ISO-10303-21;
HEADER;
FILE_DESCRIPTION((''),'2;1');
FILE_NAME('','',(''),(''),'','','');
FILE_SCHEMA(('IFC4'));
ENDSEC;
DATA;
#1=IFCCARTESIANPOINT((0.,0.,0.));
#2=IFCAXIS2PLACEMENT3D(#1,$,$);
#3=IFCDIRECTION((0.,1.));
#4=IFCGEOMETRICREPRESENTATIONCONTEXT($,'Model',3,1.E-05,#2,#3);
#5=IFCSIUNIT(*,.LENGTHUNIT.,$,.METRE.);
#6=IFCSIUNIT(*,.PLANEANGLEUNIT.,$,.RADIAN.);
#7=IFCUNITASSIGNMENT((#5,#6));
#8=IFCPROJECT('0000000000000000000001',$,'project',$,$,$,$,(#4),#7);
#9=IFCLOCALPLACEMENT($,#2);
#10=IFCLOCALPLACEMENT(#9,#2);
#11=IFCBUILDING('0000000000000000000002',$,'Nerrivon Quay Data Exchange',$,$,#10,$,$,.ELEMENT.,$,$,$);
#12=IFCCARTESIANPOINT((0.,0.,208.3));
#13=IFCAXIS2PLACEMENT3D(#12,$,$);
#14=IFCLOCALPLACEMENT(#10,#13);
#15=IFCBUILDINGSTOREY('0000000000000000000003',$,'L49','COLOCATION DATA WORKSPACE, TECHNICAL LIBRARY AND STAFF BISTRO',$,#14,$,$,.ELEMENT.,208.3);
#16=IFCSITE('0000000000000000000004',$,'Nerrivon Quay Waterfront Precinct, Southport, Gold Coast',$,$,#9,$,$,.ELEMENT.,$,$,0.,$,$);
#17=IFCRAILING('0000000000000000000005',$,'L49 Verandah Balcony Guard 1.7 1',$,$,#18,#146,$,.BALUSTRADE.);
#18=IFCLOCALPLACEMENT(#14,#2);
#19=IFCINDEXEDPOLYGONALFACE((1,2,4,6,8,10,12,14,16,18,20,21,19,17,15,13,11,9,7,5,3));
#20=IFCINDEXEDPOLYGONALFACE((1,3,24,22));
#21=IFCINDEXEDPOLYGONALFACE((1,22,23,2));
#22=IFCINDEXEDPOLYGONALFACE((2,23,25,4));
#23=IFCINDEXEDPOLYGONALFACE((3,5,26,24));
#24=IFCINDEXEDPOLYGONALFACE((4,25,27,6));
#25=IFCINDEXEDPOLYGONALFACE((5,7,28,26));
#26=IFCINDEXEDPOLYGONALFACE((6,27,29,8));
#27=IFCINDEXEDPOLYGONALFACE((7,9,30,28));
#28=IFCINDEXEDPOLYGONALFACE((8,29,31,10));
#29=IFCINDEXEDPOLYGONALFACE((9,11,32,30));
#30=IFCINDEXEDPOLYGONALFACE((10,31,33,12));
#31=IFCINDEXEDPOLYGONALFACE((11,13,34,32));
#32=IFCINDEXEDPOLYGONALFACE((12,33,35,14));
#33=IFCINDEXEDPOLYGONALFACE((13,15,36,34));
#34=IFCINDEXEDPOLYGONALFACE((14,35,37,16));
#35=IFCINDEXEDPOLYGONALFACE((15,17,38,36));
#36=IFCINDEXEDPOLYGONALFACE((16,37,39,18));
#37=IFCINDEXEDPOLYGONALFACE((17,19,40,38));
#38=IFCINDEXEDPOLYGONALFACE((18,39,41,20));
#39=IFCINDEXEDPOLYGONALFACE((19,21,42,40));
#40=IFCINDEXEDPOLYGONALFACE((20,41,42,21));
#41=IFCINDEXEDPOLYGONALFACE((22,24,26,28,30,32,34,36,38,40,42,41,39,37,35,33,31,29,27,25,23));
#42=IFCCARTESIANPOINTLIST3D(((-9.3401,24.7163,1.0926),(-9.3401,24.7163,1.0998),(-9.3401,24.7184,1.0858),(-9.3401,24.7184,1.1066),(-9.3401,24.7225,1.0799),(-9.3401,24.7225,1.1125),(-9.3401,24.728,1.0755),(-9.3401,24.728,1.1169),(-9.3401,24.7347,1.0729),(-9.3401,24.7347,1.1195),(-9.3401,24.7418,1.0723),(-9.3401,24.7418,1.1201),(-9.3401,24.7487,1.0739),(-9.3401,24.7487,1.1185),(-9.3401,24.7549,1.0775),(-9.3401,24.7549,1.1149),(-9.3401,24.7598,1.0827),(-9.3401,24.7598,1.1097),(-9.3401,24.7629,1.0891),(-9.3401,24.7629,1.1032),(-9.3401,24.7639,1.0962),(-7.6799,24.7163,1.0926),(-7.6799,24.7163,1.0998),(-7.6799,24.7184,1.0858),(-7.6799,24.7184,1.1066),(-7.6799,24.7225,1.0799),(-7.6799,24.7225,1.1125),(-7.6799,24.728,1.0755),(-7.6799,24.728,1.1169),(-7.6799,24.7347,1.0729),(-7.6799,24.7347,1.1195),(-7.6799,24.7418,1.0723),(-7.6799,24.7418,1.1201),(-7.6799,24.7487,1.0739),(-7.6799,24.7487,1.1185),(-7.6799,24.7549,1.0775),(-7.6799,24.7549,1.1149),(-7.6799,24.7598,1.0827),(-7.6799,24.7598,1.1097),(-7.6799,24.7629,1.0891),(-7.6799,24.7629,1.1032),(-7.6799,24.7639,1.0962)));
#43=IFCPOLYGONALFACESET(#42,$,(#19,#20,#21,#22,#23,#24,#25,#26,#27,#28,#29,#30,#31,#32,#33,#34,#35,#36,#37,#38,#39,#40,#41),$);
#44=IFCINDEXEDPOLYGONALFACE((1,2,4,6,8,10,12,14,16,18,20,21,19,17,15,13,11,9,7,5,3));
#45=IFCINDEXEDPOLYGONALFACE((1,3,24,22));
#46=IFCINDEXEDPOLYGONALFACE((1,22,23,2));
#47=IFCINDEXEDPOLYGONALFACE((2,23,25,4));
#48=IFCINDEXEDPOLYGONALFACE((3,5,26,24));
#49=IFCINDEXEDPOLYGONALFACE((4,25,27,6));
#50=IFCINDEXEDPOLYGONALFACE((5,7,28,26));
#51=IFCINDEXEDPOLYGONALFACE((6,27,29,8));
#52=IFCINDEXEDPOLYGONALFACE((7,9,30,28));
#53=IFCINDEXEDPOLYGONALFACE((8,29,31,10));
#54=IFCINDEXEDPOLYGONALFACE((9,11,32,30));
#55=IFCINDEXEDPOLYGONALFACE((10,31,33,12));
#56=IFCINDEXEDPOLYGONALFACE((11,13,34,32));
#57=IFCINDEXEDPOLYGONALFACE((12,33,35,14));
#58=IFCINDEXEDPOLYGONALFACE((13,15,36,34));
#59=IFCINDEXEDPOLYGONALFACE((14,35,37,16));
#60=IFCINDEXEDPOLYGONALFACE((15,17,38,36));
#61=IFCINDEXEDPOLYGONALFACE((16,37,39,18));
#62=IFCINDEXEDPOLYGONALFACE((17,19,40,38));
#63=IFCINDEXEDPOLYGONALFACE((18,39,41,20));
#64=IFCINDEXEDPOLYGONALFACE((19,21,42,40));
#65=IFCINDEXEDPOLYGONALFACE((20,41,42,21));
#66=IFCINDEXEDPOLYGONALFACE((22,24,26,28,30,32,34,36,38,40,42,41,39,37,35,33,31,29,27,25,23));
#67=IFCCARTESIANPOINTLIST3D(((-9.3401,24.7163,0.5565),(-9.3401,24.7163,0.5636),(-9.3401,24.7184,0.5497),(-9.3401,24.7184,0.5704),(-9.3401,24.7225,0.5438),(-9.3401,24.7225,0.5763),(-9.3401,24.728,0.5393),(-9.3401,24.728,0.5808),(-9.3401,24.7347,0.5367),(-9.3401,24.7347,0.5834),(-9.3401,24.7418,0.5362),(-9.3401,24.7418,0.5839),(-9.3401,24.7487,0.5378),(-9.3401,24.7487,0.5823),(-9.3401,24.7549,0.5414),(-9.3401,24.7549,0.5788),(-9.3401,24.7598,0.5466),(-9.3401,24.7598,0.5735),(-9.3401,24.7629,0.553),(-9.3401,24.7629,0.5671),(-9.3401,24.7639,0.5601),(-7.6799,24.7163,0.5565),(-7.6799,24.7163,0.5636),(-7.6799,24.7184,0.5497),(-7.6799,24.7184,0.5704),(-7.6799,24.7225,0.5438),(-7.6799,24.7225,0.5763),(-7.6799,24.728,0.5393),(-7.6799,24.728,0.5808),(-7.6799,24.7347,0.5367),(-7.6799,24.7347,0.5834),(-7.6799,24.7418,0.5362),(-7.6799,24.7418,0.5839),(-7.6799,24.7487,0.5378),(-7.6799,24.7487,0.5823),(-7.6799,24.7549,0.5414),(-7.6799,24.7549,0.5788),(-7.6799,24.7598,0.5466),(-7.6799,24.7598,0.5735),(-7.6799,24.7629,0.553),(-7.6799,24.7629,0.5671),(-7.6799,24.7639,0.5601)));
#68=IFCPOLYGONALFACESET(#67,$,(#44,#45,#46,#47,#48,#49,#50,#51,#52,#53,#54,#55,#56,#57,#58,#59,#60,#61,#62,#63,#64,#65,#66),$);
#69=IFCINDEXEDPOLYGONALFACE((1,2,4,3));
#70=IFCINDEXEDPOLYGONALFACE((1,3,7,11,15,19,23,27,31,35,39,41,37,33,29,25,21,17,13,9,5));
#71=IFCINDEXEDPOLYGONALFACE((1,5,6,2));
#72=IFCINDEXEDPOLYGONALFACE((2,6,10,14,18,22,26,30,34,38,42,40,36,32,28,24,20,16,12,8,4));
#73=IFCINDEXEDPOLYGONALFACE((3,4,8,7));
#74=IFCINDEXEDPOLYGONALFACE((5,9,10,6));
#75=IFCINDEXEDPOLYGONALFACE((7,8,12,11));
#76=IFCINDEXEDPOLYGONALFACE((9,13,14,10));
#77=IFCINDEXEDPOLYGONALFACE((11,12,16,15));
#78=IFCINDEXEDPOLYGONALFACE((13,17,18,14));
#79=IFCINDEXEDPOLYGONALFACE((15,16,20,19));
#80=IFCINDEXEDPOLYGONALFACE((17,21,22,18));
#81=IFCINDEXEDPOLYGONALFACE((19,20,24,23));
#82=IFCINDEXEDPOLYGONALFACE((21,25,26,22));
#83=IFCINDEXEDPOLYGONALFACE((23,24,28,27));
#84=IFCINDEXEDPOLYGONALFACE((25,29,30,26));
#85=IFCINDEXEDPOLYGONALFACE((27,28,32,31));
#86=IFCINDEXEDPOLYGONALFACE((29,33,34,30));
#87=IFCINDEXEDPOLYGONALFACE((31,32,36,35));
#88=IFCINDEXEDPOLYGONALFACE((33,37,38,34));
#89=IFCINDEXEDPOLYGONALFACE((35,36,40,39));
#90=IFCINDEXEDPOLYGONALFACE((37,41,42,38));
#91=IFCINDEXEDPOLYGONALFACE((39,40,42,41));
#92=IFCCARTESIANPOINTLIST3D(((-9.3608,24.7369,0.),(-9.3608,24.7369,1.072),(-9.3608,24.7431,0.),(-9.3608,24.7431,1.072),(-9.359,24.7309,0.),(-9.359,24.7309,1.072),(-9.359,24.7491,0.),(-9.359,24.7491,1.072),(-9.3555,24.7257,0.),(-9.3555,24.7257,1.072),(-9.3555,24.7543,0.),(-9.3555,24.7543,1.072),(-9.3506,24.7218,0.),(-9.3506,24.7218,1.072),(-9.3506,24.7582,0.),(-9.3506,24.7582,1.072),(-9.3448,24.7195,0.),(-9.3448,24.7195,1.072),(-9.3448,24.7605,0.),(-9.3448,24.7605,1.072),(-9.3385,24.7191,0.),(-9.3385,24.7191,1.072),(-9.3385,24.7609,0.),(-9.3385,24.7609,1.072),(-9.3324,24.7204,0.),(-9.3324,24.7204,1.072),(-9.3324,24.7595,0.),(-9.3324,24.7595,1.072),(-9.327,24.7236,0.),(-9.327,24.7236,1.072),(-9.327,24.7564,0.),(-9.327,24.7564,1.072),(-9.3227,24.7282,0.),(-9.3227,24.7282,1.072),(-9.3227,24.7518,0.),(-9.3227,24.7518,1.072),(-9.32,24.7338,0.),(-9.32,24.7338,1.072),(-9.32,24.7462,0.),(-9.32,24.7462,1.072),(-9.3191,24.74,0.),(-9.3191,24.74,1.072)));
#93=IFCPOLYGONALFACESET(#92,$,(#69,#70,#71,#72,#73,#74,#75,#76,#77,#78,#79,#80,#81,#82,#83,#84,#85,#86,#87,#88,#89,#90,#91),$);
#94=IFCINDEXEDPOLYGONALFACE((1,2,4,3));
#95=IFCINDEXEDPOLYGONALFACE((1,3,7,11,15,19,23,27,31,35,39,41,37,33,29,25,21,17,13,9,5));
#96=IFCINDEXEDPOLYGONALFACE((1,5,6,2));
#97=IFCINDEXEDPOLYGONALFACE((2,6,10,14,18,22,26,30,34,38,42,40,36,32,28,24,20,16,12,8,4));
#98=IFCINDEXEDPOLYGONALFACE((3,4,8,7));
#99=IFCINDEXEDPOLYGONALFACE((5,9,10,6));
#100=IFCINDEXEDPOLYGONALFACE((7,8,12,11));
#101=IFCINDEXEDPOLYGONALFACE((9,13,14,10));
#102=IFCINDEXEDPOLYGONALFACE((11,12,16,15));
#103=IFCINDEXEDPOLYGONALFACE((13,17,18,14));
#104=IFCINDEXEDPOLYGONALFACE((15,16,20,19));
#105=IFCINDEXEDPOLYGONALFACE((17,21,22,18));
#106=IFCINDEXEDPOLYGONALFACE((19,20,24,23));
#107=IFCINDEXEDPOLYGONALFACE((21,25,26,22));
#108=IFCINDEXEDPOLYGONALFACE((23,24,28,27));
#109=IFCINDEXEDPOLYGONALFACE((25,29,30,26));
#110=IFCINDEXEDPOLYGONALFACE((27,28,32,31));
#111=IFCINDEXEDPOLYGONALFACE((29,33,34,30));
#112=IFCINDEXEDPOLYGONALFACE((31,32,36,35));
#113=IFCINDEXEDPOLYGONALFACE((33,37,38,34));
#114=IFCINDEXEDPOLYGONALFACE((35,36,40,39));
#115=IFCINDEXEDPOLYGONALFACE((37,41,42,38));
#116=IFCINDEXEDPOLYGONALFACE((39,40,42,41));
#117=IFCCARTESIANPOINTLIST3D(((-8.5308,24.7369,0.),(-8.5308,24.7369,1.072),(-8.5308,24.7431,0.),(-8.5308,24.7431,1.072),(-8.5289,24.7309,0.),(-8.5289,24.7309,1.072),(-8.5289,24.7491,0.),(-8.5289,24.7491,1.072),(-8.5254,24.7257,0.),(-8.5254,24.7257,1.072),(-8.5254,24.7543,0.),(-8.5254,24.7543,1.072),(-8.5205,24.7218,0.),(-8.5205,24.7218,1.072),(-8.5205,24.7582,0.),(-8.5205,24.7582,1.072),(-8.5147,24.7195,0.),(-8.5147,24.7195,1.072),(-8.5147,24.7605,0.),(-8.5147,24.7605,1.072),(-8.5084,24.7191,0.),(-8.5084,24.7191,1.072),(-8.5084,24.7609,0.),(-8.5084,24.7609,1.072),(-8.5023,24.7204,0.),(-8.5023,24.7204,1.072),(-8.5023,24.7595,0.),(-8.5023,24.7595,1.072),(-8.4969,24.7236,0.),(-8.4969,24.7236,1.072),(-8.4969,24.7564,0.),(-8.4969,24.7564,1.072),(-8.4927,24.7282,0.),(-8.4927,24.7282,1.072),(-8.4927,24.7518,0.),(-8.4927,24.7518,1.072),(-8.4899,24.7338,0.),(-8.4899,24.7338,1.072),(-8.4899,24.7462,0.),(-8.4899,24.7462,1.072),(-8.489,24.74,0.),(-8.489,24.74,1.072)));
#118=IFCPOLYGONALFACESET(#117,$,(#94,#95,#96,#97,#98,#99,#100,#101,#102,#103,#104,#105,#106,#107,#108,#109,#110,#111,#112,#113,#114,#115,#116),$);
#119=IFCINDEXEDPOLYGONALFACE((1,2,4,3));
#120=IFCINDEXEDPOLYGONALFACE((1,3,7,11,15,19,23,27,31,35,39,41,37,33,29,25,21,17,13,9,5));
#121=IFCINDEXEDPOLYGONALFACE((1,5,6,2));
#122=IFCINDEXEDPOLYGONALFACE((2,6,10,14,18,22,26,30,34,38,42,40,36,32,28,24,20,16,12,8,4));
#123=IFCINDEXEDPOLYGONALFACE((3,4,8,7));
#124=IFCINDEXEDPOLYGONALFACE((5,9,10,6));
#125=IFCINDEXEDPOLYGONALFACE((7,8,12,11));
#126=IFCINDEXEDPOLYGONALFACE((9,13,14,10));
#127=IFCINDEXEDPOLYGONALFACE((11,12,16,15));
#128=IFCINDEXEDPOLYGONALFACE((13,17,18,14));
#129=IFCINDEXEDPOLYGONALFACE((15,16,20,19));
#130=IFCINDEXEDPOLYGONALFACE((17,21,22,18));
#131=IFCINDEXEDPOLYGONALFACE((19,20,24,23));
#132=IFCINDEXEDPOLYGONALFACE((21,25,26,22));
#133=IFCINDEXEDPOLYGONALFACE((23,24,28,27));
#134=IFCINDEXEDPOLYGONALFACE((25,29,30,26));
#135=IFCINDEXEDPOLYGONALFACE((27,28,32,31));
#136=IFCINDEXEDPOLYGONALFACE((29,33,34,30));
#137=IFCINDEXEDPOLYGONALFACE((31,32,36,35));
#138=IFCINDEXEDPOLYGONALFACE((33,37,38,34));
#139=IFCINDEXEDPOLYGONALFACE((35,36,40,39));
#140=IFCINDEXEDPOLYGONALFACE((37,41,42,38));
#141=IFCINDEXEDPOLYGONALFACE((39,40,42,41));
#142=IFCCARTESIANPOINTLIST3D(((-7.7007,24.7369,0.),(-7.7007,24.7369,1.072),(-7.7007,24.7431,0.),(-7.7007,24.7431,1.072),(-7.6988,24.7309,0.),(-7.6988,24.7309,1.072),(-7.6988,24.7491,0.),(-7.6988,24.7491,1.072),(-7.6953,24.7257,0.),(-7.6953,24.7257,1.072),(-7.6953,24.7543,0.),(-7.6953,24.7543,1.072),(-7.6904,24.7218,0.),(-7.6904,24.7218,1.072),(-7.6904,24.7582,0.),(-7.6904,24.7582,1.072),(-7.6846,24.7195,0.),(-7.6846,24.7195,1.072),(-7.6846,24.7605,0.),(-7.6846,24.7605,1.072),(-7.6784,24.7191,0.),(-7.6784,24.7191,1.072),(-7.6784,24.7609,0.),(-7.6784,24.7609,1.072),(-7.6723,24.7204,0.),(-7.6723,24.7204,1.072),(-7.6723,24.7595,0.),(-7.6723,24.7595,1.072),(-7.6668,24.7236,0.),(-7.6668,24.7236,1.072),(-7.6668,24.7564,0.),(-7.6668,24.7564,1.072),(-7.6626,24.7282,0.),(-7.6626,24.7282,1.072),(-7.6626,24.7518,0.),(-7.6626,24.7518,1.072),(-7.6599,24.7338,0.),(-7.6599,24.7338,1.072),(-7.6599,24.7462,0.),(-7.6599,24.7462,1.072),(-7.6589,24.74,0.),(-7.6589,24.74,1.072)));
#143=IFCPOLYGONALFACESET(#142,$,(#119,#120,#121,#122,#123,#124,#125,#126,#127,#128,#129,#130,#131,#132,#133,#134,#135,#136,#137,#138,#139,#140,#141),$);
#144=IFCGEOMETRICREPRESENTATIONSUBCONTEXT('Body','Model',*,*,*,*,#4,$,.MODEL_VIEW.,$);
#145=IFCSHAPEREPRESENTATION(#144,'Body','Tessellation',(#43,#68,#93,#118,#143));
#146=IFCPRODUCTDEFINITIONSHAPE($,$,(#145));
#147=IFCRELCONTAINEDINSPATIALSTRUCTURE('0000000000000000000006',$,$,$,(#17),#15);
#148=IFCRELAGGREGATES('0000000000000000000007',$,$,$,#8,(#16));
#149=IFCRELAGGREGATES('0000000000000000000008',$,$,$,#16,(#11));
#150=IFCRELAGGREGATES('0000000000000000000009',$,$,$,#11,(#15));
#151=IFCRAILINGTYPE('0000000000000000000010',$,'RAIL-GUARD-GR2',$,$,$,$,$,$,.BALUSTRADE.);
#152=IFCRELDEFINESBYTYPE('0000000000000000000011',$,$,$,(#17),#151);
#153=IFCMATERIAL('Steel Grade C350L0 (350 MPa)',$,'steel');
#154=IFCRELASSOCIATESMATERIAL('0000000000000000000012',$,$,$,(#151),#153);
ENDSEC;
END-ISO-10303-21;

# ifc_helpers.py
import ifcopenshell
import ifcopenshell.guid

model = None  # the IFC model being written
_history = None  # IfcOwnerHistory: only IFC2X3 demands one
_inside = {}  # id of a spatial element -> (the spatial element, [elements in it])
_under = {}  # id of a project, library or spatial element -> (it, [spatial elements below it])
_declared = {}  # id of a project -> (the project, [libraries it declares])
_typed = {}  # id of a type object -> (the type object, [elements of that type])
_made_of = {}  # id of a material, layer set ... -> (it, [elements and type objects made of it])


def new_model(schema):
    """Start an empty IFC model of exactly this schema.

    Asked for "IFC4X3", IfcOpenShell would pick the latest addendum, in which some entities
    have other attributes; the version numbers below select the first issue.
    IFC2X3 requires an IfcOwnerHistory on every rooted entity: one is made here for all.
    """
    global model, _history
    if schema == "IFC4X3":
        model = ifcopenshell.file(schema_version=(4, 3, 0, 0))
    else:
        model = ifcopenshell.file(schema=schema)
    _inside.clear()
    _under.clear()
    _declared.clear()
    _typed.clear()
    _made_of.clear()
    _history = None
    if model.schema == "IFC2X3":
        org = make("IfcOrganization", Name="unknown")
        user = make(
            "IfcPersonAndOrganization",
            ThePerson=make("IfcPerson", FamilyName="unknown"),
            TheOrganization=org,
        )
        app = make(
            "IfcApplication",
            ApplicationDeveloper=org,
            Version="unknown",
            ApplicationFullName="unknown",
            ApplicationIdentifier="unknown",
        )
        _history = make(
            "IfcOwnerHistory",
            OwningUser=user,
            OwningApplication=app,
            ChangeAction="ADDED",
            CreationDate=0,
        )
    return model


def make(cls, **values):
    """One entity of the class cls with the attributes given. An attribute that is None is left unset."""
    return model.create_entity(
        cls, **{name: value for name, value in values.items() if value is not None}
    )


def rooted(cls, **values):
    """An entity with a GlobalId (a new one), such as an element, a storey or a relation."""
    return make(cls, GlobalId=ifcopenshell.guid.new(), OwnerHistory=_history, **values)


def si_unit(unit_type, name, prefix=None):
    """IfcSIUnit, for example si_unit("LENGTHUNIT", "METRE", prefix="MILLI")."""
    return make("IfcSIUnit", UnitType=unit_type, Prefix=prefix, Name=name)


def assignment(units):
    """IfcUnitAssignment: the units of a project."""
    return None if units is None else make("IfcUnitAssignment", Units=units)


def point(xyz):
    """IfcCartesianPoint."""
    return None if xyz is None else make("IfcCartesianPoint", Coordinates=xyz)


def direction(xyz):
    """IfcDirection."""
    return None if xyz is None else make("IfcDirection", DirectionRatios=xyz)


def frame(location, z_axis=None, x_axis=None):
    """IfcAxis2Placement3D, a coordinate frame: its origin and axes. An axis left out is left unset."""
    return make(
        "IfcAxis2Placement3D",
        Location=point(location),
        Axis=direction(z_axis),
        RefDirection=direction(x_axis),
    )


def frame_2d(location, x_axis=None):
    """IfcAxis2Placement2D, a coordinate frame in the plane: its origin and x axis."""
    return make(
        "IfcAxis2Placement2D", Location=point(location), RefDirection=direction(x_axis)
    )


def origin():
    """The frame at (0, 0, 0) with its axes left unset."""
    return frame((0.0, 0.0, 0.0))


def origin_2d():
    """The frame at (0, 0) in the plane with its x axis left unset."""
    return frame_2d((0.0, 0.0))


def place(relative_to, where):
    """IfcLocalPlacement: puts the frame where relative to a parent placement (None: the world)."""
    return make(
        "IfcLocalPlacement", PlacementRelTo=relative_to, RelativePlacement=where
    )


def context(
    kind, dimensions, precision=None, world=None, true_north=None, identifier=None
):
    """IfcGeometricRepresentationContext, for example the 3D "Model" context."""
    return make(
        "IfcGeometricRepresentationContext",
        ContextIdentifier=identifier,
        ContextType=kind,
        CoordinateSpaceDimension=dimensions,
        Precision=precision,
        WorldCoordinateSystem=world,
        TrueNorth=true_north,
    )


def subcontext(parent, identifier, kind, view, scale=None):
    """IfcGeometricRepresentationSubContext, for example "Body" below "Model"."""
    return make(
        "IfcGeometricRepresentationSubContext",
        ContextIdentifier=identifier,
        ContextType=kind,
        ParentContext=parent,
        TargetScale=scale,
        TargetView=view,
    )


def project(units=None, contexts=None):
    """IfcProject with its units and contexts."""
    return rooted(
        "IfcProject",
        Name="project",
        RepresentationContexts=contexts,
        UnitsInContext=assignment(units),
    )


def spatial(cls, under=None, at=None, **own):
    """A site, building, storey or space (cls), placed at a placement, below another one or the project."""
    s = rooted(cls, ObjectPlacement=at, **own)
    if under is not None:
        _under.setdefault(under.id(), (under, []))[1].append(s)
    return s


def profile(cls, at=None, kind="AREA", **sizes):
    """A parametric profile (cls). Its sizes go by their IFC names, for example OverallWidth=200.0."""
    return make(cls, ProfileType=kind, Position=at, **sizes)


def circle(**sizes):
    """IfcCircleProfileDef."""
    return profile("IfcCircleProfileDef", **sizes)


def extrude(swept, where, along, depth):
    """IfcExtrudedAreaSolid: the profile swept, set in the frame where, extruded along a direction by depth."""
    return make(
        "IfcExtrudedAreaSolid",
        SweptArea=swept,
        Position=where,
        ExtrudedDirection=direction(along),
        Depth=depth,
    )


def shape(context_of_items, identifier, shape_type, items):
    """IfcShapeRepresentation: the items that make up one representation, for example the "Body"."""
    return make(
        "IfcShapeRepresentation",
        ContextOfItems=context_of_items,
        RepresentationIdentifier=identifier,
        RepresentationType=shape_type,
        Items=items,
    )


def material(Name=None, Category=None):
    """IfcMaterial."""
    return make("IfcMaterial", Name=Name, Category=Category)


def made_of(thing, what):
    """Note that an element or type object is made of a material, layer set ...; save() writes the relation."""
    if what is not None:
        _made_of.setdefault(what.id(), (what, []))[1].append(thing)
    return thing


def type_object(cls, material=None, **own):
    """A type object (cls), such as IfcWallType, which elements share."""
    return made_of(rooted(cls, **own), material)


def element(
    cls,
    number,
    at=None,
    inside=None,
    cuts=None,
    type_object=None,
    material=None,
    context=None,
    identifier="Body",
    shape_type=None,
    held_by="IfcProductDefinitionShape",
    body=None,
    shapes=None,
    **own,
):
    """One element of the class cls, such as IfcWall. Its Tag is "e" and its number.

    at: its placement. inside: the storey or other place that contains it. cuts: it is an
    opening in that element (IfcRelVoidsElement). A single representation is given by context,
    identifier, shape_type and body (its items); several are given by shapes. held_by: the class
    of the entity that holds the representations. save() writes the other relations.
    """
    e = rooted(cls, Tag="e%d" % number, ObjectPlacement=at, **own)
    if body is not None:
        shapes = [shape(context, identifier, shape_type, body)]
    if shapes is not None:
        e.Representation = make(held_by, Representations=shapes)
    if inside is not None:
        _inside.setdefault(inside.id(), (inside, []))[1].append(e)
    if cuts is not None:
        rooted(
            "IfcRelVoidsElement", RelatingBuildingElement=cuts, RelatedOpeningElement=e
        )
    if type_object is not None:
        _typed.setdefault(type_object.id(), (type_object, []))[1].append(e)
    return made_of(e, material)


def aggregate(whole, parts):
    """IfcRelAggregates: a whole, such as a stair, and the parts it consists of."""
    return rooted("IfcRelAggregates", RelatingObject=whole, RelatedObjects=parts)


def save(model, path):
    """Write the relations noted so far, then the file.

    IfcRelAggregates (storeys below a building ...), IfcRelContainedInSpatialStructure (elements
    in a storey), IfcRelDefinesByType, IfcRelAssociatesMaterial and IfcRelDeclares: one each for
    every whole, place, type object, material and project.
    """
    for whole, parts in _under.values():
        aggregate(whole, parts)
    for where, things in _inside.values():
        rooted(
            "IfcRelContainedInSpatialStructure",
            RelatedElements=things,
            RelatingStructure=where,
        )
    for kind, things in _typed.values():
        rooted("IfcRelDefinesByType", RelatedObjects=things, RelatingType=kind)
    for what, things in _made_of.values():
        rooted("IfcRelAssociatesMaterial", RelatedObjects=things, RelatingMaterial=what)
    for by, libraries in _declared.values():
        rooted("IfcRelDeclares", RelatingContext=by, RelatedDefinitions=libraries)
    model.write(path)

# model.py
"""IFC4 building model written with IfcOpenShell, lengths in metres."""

from ifc_helpers import new_model, si_unit, direction, frame, origin, origin_2d, place, context, subcontext, project, spatial, circle, extrude, material, type_object, element, save


model = new_model("IFC4")

# Units and contexts
model_context = context("Model", 3, precision=1e-05, world=origin(), true_north=direction((0.0, 1.0)))
body_context = subcontext(model_context, "Body", "Model", "MODEL_VIEW")
ifc_project = project(units=[si_unit("LENGTHUNIT", "METRE"), si_unit("PLANEANGLEUNIT", "RADIAN")], contexts=[model_context])

# Site, building, storey
site_placement = place(None, origin())
site = spatial("IfcSite", under=ifc_project, at=site_placement, Name="Nerrivon Quay Waterfront Precinct, Southport, Gold Coast", CompositionType="ELEMENT", RefElevation=0.0)
building_placement = place(site_placement, origin())
building = spatial("IfcBuilding", under=site, at=building_placement, Name="Nerrivon Quay Data Exchange", CompositionType="ELEMENT")
storey_placement = place(building_placement, frame((0.0, 0.0, 208.3)))
storey = spatial("IfcBuildingStorey", under=building, at=storey_placement, Name="L49", Description="COLOCATION DATA WORKSPACE, TECHNICAL LIBRARY AND STAFF BISTRO", CompositionType="ELEMENT", Elevation=208.3)

# Railing
ifc_material_1 = material(Name="Steel Grade C350L0 (350 MPa)", Category="steel")
railing_type = type_object("IfcRailingType", Name="RAIL-GUARD-GR2", PredefinedType="BALUSTRADE", material=ifc_material_1)
railing_1_placement = place(storey_placement, frame((-9.3401, 24.74, 0.0)))
element("IfcRailing", 1, at=railing_1_placement, inside=storey, type_object=railing_type, Name="L49 Verandah Balcony Guard 1.7 1", PredefinedType="BALUSTRADE", context=body_context, shape_type="SweptSolid", body=[
    extrude(circle(Radius=0.0239, at=origin_2d()), frame((0.0, 0.0, 1.0962), z_axis=(1.0, 0.0, 0.0), x_axis=(0.0, 1.0, 0.0)), (0.0, 0.0, 1.0), 1.6602),
    extrude(circle(Radius=0.0239, at=origin_2d()), frame((0.0, 0.0, 0.5601), z_axis=(1.0, 0.0, 0.0), x_axis=(0.0, 1.0, 0.0)), (0.0, 0.0, 1.0), 1.6602),
    extrude(circle(Radius=0.021, at=origin_2d()), origin(), (0.0, 0.0, 1.0), 1.072),
    extrude(circle(Radius=0.021, at=origin_2d()), frame((0.8301, 0.0, 0.0)), (0.0, 0.0, 1.0), 1.072),
    extrude(circle(Radius=0.021, at=origin_2d()), frame((1.6602, 0.0, 0.0)), (0.0, 0.0, 1.0), 1.072),
])

save(model, "model.ifc")
